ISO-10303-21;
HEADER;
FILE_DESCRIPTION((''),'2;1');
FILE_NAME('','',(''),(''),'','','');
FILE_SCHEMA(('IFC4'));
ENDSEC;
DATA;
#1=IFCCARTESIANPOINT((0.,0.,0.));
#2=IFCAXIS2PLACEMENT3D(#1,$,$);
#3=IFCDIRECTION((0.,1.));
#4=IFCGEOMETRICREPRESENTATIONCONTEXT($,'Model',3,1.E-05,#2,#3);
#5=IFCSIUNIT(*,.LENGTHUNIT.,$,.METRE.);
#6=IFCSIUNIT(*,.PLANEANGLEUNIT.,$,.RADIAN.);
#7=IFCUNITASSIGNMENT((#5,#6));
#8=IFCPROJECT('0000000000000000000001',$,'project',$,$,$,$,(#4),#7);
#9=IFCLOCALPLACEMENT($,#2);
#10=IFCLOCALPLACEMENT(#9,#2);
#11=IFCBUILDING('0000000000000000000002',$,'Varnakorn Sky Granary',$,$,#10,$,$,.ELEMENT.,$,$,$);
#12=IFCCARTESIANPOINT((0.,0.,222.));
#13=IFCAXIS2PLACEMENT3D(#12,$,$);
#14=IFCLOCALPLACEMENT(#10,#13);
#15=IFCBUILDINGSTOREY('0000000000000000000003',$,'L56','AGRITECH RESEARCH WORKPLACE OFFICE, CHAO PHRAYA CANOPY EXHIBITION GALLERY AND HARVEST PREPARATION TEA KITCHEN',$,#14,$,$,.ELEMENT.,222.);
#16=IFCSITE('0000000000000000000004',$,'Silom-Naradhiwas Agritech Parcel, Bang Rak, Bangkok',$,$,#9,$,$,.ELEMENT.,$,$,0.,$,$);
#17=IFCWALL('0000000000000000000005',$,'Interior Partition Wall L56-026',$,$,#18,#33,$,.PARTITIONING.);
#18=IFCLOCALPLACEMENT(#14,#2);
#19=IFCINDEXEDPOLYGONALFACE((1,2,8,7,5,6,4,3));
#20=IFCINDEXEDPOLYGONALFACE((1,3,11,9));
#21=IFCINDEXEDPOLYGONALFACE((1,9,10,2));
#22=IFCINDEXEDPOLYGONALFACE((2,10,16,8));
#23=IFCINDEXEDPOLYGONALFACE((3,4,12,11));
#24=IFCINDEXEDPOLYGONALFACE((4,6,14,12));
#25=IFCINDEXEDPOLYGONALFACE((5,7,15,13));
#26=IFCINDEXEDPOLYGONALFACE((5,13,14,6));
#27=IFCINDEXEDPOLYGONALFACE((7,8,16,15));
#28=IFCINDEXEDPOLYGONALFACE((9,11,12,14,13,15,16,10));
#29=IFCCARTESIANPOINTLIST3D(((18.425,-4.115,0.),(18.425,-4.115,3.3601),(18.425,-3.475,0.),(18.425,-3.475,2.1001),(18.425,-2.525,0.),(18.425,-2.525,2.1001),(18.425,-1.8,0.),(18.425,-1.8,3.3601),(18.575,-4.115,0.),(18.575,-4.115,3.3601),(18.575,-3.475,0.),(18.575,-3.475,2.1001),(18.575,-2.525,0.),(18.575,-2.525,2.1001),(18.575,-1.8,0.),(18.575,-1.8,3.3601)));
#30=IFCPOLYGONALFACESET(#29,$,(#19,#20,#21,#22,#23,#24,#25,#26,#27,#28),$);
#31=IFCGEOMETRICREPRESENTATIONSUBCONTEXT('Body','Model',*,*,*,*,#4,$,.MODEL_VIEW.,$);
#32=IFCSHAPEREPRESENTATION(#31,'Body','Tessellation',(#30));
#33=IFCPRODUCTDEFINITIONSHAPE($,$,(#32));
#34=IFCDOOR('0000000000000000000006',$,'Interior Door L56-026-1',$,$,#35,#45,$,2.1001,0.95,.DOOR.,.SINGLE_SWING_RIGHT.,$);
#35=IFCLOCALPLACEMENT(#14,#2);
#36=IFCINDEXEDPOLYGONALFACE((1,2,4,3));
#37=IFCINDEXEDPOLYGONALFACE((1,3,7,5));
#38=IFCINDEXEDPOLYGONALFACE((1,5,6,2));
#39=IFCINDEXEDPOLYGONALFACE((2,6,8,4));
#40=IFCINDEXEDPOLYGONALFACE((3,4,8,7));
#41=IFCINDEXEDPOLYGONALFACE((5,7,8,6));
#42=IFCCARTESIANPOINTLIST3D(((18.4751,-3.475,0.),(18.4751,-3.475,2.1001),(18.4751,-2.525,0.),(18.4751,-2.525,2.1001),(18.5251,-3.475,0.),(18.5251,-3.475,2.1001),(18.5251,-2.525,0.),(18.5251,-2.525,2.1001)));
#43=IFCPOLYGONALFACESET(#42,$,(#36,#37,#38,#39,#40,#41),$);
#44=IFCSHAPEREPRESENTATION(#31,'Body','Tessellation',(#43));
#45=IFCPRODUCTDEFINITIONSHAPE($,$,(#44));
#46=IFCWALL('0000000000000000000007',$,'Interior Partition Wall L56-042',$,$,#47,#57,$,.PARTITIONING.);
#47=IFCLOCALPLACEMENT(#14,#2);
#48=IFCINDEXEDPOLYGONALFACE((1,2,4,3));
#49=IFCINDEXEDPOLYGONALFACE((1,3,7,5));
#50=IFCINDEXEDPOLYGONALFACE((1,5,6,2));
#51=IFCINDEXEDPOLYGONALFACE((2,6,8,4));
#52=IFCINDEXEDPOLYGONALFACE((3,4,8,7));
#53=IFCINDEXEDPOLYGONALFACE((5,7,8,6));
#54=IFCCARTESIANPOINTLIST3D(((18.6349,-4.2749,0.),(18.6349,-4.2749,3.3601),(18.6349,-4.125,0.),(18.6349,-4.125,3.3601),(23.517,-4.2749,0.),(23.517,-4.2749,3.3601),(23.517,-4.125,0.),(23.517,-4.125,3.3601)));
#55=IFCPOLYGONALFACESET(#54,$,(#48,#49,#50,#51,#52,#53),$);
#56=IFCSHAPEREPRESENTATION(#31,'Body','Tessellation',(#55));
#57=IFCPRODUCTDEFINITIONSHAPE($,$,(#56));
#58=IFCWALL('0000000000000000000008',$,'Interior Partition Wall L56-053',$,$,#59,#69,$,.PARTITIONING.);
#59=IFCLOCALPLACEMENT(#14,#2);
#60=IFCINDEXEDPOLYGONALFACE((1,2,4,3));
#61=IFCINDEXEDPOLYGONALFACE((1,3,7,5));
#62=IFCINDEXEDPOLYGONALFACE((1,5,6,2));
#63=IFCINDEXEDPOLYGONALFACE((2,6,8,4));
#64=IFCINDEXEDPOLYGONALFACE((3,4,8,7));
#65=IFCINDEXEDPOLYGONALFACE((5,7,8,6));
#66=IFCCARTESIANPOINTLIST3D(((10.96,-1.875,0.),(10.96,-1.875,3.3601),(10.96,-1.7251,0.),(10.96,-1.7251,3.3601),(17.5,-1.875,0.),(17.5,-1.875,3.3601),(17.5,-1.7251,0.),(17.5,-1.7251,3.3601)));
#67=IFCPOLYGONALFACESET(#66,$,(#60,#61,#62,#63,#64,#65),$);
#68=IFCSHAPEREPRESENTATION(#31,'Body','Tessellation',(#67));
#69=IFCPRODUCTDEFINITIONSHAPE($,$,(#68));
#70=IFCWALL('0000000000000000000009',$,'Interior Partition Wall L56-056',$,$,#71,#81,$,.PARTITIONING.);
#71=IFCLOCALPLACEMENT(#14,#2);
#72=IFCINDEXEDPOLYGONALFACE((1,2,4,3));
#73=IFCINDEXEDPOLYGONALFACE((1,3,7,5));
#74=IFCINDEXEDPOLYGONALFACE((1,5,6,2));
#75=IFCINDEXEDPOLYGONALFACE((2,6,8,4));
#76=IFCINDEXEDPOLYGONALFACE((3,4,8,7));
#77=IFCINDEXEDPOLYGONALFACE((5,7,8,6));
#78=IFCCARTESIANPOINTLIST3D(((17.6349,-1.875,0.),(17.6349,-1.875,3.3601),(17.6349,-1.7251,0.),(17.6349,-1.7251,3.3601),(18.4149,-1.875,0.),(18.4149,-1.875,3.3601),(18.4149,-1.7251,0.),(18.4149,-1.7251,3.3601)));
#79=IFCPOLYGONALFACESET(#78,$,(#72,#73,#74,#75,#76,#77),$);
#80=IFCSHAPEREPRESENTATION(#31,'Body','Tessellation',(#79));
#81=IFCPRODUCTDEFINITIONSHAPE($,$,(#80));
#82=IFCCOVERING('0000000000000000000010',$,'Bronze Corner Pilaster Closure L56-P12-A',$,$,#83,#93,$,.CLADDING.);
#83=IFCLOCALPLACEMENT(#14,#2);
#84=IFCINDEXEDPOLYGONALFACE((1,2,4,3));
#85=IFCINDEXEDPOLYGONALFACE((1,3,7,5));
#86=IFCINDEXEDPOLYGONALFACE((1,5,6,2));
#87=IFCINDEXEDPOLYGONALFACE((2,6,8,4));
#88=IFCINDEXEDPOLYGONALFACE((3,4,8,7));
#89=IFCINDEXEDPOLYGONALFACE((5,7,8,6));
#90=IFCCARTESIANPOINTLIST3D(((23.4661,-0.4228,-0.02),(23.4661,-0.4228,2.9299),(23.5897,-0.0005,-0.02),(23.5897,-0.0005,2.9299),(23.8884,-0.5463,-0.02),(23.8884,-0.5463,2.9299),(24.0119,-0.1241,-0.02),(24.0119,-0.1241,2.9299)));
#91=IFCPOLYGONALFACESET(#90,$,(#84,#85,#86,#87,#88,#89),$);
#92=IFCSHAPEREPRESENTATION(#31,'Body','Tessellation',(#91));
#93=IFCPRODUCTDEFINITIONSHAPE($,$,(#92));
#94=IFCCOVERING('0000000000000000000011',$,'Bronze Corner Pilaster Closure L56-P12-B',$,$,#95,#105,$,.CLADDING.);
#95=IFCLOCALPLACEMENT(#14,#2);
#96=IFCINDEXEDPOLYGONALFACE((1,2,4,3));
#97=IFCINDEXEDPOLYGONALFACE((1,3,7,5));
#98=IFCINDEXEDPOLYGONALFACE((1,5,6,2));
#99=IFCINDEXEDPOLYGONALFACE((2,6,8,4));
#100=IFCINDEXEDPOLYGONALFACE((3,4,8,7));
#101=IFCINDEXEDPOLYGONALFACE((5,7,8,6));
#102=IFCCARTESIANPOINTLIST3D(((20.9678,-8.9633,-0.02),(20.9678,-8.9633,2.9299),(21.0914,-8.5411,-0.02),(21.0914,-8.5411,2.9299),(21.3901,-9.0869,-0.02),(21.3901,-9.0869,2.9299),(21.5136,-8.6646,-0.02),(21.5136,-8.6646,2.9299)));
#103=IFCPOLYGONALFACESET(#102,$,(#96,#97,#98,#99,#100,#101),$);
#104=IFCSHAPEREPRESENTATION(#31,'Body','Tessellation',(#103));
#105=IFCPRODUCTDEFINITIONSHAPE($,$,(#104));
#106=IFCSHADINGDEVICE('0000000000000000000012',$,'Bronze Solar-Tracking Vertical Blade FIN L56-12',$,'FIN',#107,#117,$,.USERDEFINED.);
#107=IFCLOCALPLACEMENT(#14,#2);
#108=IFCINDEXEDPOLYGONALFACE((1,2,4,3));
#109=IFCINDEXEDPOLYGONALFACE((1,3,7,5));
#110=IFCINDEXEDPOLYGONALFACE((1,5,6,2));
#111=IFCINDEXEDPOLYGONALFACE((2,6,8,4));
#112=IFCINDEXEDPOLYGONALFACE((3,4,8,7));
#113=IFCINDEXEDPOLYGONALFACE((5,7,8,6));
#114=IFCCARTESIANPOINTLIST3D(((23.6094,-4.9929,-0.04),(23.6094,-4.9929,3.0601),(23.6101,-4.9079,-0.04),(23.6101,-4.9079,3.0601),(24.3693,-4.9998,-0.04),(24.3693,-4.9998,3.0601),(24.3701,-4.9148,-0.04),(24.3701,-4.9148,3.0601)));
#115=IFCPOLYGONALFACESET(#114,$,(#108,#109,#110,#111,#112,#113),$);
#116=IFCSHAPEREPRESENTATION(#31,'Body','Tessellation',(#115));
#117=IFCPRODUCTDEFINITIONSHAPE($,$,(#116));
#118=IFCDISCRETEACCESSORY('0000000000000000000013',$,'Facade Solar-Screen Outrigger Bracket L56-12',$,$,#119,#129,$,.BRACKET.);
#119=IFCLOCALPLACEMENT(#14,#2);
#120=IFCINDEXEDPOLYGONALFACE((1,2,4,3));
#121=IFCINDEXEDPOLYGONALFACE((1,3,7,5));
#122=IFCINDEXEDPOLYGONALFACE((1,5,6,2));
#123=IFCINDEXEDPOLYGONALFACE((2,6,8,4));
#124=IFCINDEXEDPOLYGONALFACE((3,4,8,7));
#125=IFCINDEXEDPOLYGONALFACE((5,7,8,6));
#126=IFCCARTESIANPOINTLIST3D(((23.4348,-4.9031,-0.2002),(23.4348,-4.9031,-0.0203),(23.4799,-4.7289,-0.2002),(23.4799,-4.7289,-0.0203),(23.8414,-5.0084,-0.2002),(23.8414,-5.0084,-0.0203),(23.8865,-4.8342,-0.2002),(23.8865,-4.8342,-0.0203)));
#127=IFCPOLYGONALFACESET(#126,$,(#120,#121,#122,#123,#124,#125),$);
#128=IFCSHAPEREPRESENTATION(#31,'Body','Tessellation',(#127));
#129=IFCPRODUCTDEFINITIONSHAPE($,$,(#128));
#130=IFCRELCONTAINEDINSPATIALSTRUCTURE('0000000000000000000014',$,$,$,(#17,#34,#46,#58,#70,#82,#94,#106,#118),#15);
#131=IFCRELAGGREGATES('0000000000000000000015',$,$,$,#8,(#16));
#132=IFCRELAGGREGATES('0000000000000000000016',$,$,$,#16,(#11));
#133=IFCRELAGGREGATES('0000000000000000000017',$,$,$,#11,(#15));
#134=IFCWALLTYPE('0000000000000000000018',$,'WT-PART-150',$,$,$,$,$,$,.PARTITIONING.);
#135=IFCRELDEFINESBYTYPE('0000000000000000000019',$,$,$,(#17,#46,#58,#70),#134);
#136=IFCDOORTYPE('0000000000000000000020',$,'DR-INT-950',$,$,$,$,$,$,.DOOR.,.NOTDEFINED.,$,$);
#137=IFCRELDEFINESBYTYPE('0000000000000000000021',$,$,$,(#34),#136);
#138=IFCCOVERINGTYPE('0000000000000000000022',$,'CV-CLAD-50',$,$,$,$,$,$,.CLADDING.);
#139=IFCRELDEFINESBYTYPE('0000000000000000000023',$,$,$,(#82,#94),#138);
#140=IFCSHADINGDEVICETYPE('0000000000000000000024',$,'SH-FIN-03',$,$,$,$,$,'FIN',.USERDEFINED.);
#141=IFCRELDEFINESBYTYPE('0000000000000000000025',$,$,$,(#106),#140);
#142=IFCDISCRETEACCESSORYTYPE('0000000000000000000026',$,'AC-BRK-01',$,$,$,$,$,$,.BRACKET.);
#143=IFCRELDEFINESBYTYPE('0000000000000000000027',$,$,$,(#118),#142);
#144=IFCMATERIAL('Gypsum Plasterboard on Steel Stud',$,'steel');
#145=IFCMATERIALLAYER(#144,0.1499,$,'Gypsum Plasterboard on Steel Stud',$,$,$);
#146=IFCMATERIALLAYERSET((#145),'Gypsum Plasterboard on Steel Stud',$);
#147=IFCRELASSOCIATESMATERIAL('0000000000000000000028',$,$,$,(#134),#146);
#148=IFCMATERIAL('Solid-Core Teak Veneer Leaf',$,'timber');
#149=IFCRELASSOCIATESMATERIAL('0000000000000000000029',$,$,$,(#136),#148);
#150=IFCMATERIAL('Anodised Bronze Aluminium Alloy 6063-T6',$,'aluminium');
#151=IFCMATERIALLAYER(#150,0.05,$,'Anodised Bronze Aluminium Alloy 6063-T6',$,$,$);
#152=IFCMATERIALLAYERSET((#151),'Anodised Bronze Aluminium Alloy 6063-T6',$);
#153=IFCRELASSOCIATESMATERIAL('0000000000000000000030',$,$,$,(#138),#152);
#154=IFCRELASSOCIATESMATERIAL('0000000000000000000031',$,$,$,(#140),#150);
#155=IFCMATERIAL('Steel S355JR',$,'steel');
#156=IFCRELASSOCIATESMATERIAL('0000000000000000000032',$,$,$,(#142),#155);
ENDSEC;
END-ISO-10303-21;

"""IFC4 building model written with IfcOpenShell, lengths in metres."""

from ifc_helpers import new_model, si_unit, direction, frame, frame_2d, origin, origin_2d, place, context, subcontext, project, spatial, rectangle, extrude, source, transform, mapped, material, layer, layer_set, type_object, type_shapes, element, fill, save


model = new_model("IFC4")

# Units and contexts
model_context = context("Model", 3, precision=1e-05, world=origin(), true_north=direction((0.0, 1.0)))
body_context = subcontext(model_context, "Body", "Model", "MODEL_VIEW")
ifc_project = project(units=[si_unit("LENGTHUNIT", "METRE"), si_unit("PLANEANGLEUNIT", "RADIAN")], contexts=[model_context])

# Site, building, storey
site_placement = place(None, origin())
site = spatial("IfcSite", under=ifc_project, at=site_placement, Name="Silom-Naradhiwas Agritech Parcel, Bang Rak, Bangkok", CompositionType="ELEMENT", RefElevation=0.0)
building_placement = place(site_placement, origin())
building = spatial("IfcBuilding", under=site, at=building_placement, Name="Varnakorn Sky Granary", CompositionType="ELEMENT")
storey_placement = place(building_placement, frame((0.0, 0.0, 222.0)))
storey = spatial("IfcBuildingStorey", under=building, at=storey_placement, Name="L56", Description="AGRITECH RESEARCH WORKPLACE OFFICE, CHAO PHRAYA CANOPY EXHIBITION GALLERY AND HARVEST PREPARATION TEA KITCHEN", CompositionType="ELEMENT", Elevation=222.0)

# Shared definitions
ifc_material_1 = material(Name="Steel S355JR", Category="steel")

# Shared definitions
ifc_material_2 = material(Name="Anodised Bronze Aluminium Alloy 6063-T6", Category="aluminium")

# Wall, opening, door
ifc_material_3 = material(Name="Gypsum Plasterboard on Steel Stud", Category="steel")
ifc_layer_1 = layer(ifc_material_3, 0.1499, Name="Gypsum Plasterboard on Steel Stud")
ifc_layer_set_1 = layer_set([ifc_layer_1], Name="Gypsum Plasterboard on Steel Stud")
wall_type_1 = type_object("IfcWallType", Name="WT-PART-150", PredefinedType="PARTITIONING", material=ifc_layer_set_1)
wall_1_placement = place(storey_placement, frame((18.5, -4.115, 0.0), z_axis=(0.0, 0.0, 1.0), x_axis=(0.0, 1.0, 0.0)))
wall_1 = element("IfcWall", 1, at=wall_1_placement, inside=storey, type_object=wall_type_1, Name="Interior Partition Wall L56-026", PredefinedType="PARTITIONING", context=body_context, shape_type="SweptSolid", body=[
    extrude(rectangle(XDim=2.3149, YDim=0.1499, at=frame_2d((1.1575, 0.0))), origin(), (0.0, 0.0, 1.0), 3.3601),
])
opening_placement = place(wall_1_placement, frame((0.6399, 0.0, 0.0)))
opening = element("IfcOpeningElement", 2, at=opening_placement, cuts=wall_1, PredefinedType="OPENING", context=body_context, shape_type="SweptSolid", body=[
    extrude(rectangle(XDim=0.95, YDim=2.1001, at=frame_2d((0.4751, 1.05))), frame((0.0, 0.085, 0.0), z_axis=(0.0, -1.0, 0.0), x_axis=(1.0, 0.0, 0.0)), (0.0, 0.0, 1.0), 0.1699),
])
ifc_material_4 = material(Name="Solid-Core Teak Veneer Leaf", Category="timber")
door_type = type_object("IfcDoorType", Name="DR-INT-950", OperationType="NOTDEFINED", PredefinedType="DOOR", material=ifc_material_4)
door_placement = place(opening_placement, origin())
door = element("IfcDoor", 3, at=door_placement, inside=storey, type_object=door_type, Name="Interior Door L56-026-1", OperationType="SINGLE_SWING_RIGHT", OverallHeight=2.1001, OverallWidth=0.95, PredefinedType="DOOR", context=body_context, shape_type="SweptSolid", body=[
    extrude(rectangle(XDim=0.95, YDim=2.1001, at=frame_2d((0.4751, 1.05))), frame((0.0, 0.0249, 0.0), z_axis=(0.0, -1.0, 0.0), x_axis=(1.0, 0.0, 0.0)), (0.0, 0.0, 1.0), 0.05),
])
fill(opening, door)

# Walls
wall_2_placement = place(storey_placement, frame((18.635, -4.2, 0.0), z_axis=(0.0, 0.0, 1.0), x_axis=(1.0, 0.0, 0.0)))
element("IfcWall", 4, at=wall_2_placement, inside=storey, type_object=wall_type_1, Name="Interior Partition Wall L56-042", PredefinedType="PARTITIONING", context=body_context, shape_type="SweptSolid", body=[
    extrude(rectangle(XDim=4.8821, YDim=0.1499, at=frame_2d((2.4409, 0.0))), origin(), (0.0, 0.0, 1.0), 3.3601),
])
wall_3_placement = place(storey_placement, frame((17.5, -1.8, 0.0), z_axis=(0.0, 0.0, 1.0), x_axis=(-1.0, 0.0, 0.0)))
element("IfcWall", 5, at=wall_3_placement, inside=storey, type_object=wall_type_1, Name="Interior Partition Wall L56-053", PredefinedType="PARTITIONING", context=body_context, shape_type="SweptSolid", body=[
    extrude(rectangle(XDim=6.54, YDim=0.1499, at=frame_2d((3.27, 0.0))), origin(), (0.0, 0.0, 1.0), 3.3601),
])
wall_4_placement = place(storey_placement, frame((18.415, -1.8, 0.0), z_axis=(0.0, 0.0, 1.0), x_axis=(-1.0, 0.0, 0.0)))
element("IfcWall", 6, at=wall_4_placement, inside=storey, type_object=wall_type_1, Name="Interior Partition Wall L56-056", PredefinedType="PARTITIONING", context=body_context, shape_type="SweptSolid", body=[
    extrude(rectangle(XDim=0.78, YDim=0.1499, at=frame_2d((0.3901, 0.0))), origin(), (0.0, 0.0, 1.0), 3.3601),
])

# Coverings
ifc_layer_2 = layer(ifc_material_2, 0.05, Name="Anodised Bronze Aluminium Alloy 6063-T6")
ifc_layer_set_2 = layer_set([ifc_layer_2], Name="Anodised Bronze Aluminium Alloy 6063-T6")
covering_type = type_object("IfcCoveringType", Name="CV-CLAD-50", PredefinedType="CLADDING", material=ifc_layer_set_2)
shared_shape_1 = source(origin(), body_context, "Body", "SweptSolid", [
    extrude(rectangle(XDim=0.4399, YDim=0.4399, at=origin_2d()), origin(), (0.0, 0.0, 1.0), 2.95),
])
type_shapes(covering_type, [shared_shape_1])
for number, where, z_axis, x_axis, name in (
    (7, (23.739, -0.2734, -0.02), (0.0, 0.0, 1.0), (-0.280834, -0.959756, 0.0), "Bronze Corner Pilaster Closure L56-P12-A"),
    (8, (21.2407, -8.814, -0.02), (0.0, 0.0, 1.0), (-0.280834, -0.959756, 0.0), "Bronze Corner Pilaster Closure L56-P12-B"),
):
    element("IfcCovering", number, at=place(storey_placement, frame(where, z_axis=z_axis, x_axis=x_axis)), inside=storey, type_object=covering_type, Name=name, PredefinedType="CLADDING", context=body_context, shape_type="MappedRepresentation", body=[
        mapped(shared_shape_1, transform((0.0, 0.0, 0.0), x_axis=(1.0, 0.0, 0.0), y_axis=(0.0, 1.0, 0.0), z_axis=(0.0, 0.0, 1.0), scale=1.0)),
    ])

# Shading device
shading_device_type = type_object("IfcShadingDeviceType", Name="SH-FIN-03", ElementType="FIN", PredefinedType="USERDEFINED", material=ifc_material_2)
shared_shape_2 = source(origin(), body_context, "Body", "SweptSolid", [
    extrude(rectangle(XDim=0.085, YDim=0.76, at=origin_2d()), origin(), (0.0, 0.0, 1.0), 3.1001),
])
type_shapes(shading_device_type, [shared_shape_2])
shading_device_placement = place(storey_placement, frame((23.9897, -4.9539, -0.04), z_axis=(0.0, 0.0, 1.0), x_axis=(0.00908, 0.999959, 0.0)))
element("IfcShadingDevice", 9, at=shading_device_placement, inside=storey, type_object=shading_device_type, Name="Bronze Solar-Tracking Vertical Blade FIN L56-12", ObjectType="FIN", PredefinedType="USERDEFINED", context=body_context, shape_type="MappedRepresentation", body=[
    mapped(shared_shape_2, transform((0.0, 0.0, 0.0), x_axis=(1.0, 0.0, 0.0), y_axis=(0.0, 1.0, 0.0), z_axis=(0.0, 0.0, 1.0), scale=1.0)),
])

# Discrete accessory
discrete_accessory_type = type_object("IfcDiscreteAccessoryType", Name="AC-BRK-01", PredefinedType="BRACKET", material=ifc_material_1)
shared_shape_3 = source(origin(), body_context, "Body", "SweptSolid", [
    extrude(rectangle(XDim=0.1799, YDim=0.4199, at=origin_2d()), origin(), (0.0, 0.0, 1.0), 0.1799),
])
type_shapes(discrete_accessory_type, [shared_shape_3])
discrete_accessory_placement = place(storey_placement, frame((23.6606, -4.8687, -0.2002), z_axis=(0.0, 0.0, 1.0), x_axis=(0.250568, 0.968099, 0.0)))
element("IfcDiscreteAccessory", 10, at=discrete_accessory_placement, inside=storey, type_object=discrete_accessory_type, Name="Facade Solar-Screen Outrigger Bracket L56-12", PredefinedType="BRACKET", context=body_context, shape_type="MappedRepresentation", body=[
    mapped(shared_shape_3, transform((0.0, 0.0, 0.0), x_axis=(1.0, 0.0, 0.0), y_axis=(0.0, 1.0, 0.0), z_axis=(0.0, 0.0, 1.0), scale=1.0)),
])

save(model, "model.ifc")
